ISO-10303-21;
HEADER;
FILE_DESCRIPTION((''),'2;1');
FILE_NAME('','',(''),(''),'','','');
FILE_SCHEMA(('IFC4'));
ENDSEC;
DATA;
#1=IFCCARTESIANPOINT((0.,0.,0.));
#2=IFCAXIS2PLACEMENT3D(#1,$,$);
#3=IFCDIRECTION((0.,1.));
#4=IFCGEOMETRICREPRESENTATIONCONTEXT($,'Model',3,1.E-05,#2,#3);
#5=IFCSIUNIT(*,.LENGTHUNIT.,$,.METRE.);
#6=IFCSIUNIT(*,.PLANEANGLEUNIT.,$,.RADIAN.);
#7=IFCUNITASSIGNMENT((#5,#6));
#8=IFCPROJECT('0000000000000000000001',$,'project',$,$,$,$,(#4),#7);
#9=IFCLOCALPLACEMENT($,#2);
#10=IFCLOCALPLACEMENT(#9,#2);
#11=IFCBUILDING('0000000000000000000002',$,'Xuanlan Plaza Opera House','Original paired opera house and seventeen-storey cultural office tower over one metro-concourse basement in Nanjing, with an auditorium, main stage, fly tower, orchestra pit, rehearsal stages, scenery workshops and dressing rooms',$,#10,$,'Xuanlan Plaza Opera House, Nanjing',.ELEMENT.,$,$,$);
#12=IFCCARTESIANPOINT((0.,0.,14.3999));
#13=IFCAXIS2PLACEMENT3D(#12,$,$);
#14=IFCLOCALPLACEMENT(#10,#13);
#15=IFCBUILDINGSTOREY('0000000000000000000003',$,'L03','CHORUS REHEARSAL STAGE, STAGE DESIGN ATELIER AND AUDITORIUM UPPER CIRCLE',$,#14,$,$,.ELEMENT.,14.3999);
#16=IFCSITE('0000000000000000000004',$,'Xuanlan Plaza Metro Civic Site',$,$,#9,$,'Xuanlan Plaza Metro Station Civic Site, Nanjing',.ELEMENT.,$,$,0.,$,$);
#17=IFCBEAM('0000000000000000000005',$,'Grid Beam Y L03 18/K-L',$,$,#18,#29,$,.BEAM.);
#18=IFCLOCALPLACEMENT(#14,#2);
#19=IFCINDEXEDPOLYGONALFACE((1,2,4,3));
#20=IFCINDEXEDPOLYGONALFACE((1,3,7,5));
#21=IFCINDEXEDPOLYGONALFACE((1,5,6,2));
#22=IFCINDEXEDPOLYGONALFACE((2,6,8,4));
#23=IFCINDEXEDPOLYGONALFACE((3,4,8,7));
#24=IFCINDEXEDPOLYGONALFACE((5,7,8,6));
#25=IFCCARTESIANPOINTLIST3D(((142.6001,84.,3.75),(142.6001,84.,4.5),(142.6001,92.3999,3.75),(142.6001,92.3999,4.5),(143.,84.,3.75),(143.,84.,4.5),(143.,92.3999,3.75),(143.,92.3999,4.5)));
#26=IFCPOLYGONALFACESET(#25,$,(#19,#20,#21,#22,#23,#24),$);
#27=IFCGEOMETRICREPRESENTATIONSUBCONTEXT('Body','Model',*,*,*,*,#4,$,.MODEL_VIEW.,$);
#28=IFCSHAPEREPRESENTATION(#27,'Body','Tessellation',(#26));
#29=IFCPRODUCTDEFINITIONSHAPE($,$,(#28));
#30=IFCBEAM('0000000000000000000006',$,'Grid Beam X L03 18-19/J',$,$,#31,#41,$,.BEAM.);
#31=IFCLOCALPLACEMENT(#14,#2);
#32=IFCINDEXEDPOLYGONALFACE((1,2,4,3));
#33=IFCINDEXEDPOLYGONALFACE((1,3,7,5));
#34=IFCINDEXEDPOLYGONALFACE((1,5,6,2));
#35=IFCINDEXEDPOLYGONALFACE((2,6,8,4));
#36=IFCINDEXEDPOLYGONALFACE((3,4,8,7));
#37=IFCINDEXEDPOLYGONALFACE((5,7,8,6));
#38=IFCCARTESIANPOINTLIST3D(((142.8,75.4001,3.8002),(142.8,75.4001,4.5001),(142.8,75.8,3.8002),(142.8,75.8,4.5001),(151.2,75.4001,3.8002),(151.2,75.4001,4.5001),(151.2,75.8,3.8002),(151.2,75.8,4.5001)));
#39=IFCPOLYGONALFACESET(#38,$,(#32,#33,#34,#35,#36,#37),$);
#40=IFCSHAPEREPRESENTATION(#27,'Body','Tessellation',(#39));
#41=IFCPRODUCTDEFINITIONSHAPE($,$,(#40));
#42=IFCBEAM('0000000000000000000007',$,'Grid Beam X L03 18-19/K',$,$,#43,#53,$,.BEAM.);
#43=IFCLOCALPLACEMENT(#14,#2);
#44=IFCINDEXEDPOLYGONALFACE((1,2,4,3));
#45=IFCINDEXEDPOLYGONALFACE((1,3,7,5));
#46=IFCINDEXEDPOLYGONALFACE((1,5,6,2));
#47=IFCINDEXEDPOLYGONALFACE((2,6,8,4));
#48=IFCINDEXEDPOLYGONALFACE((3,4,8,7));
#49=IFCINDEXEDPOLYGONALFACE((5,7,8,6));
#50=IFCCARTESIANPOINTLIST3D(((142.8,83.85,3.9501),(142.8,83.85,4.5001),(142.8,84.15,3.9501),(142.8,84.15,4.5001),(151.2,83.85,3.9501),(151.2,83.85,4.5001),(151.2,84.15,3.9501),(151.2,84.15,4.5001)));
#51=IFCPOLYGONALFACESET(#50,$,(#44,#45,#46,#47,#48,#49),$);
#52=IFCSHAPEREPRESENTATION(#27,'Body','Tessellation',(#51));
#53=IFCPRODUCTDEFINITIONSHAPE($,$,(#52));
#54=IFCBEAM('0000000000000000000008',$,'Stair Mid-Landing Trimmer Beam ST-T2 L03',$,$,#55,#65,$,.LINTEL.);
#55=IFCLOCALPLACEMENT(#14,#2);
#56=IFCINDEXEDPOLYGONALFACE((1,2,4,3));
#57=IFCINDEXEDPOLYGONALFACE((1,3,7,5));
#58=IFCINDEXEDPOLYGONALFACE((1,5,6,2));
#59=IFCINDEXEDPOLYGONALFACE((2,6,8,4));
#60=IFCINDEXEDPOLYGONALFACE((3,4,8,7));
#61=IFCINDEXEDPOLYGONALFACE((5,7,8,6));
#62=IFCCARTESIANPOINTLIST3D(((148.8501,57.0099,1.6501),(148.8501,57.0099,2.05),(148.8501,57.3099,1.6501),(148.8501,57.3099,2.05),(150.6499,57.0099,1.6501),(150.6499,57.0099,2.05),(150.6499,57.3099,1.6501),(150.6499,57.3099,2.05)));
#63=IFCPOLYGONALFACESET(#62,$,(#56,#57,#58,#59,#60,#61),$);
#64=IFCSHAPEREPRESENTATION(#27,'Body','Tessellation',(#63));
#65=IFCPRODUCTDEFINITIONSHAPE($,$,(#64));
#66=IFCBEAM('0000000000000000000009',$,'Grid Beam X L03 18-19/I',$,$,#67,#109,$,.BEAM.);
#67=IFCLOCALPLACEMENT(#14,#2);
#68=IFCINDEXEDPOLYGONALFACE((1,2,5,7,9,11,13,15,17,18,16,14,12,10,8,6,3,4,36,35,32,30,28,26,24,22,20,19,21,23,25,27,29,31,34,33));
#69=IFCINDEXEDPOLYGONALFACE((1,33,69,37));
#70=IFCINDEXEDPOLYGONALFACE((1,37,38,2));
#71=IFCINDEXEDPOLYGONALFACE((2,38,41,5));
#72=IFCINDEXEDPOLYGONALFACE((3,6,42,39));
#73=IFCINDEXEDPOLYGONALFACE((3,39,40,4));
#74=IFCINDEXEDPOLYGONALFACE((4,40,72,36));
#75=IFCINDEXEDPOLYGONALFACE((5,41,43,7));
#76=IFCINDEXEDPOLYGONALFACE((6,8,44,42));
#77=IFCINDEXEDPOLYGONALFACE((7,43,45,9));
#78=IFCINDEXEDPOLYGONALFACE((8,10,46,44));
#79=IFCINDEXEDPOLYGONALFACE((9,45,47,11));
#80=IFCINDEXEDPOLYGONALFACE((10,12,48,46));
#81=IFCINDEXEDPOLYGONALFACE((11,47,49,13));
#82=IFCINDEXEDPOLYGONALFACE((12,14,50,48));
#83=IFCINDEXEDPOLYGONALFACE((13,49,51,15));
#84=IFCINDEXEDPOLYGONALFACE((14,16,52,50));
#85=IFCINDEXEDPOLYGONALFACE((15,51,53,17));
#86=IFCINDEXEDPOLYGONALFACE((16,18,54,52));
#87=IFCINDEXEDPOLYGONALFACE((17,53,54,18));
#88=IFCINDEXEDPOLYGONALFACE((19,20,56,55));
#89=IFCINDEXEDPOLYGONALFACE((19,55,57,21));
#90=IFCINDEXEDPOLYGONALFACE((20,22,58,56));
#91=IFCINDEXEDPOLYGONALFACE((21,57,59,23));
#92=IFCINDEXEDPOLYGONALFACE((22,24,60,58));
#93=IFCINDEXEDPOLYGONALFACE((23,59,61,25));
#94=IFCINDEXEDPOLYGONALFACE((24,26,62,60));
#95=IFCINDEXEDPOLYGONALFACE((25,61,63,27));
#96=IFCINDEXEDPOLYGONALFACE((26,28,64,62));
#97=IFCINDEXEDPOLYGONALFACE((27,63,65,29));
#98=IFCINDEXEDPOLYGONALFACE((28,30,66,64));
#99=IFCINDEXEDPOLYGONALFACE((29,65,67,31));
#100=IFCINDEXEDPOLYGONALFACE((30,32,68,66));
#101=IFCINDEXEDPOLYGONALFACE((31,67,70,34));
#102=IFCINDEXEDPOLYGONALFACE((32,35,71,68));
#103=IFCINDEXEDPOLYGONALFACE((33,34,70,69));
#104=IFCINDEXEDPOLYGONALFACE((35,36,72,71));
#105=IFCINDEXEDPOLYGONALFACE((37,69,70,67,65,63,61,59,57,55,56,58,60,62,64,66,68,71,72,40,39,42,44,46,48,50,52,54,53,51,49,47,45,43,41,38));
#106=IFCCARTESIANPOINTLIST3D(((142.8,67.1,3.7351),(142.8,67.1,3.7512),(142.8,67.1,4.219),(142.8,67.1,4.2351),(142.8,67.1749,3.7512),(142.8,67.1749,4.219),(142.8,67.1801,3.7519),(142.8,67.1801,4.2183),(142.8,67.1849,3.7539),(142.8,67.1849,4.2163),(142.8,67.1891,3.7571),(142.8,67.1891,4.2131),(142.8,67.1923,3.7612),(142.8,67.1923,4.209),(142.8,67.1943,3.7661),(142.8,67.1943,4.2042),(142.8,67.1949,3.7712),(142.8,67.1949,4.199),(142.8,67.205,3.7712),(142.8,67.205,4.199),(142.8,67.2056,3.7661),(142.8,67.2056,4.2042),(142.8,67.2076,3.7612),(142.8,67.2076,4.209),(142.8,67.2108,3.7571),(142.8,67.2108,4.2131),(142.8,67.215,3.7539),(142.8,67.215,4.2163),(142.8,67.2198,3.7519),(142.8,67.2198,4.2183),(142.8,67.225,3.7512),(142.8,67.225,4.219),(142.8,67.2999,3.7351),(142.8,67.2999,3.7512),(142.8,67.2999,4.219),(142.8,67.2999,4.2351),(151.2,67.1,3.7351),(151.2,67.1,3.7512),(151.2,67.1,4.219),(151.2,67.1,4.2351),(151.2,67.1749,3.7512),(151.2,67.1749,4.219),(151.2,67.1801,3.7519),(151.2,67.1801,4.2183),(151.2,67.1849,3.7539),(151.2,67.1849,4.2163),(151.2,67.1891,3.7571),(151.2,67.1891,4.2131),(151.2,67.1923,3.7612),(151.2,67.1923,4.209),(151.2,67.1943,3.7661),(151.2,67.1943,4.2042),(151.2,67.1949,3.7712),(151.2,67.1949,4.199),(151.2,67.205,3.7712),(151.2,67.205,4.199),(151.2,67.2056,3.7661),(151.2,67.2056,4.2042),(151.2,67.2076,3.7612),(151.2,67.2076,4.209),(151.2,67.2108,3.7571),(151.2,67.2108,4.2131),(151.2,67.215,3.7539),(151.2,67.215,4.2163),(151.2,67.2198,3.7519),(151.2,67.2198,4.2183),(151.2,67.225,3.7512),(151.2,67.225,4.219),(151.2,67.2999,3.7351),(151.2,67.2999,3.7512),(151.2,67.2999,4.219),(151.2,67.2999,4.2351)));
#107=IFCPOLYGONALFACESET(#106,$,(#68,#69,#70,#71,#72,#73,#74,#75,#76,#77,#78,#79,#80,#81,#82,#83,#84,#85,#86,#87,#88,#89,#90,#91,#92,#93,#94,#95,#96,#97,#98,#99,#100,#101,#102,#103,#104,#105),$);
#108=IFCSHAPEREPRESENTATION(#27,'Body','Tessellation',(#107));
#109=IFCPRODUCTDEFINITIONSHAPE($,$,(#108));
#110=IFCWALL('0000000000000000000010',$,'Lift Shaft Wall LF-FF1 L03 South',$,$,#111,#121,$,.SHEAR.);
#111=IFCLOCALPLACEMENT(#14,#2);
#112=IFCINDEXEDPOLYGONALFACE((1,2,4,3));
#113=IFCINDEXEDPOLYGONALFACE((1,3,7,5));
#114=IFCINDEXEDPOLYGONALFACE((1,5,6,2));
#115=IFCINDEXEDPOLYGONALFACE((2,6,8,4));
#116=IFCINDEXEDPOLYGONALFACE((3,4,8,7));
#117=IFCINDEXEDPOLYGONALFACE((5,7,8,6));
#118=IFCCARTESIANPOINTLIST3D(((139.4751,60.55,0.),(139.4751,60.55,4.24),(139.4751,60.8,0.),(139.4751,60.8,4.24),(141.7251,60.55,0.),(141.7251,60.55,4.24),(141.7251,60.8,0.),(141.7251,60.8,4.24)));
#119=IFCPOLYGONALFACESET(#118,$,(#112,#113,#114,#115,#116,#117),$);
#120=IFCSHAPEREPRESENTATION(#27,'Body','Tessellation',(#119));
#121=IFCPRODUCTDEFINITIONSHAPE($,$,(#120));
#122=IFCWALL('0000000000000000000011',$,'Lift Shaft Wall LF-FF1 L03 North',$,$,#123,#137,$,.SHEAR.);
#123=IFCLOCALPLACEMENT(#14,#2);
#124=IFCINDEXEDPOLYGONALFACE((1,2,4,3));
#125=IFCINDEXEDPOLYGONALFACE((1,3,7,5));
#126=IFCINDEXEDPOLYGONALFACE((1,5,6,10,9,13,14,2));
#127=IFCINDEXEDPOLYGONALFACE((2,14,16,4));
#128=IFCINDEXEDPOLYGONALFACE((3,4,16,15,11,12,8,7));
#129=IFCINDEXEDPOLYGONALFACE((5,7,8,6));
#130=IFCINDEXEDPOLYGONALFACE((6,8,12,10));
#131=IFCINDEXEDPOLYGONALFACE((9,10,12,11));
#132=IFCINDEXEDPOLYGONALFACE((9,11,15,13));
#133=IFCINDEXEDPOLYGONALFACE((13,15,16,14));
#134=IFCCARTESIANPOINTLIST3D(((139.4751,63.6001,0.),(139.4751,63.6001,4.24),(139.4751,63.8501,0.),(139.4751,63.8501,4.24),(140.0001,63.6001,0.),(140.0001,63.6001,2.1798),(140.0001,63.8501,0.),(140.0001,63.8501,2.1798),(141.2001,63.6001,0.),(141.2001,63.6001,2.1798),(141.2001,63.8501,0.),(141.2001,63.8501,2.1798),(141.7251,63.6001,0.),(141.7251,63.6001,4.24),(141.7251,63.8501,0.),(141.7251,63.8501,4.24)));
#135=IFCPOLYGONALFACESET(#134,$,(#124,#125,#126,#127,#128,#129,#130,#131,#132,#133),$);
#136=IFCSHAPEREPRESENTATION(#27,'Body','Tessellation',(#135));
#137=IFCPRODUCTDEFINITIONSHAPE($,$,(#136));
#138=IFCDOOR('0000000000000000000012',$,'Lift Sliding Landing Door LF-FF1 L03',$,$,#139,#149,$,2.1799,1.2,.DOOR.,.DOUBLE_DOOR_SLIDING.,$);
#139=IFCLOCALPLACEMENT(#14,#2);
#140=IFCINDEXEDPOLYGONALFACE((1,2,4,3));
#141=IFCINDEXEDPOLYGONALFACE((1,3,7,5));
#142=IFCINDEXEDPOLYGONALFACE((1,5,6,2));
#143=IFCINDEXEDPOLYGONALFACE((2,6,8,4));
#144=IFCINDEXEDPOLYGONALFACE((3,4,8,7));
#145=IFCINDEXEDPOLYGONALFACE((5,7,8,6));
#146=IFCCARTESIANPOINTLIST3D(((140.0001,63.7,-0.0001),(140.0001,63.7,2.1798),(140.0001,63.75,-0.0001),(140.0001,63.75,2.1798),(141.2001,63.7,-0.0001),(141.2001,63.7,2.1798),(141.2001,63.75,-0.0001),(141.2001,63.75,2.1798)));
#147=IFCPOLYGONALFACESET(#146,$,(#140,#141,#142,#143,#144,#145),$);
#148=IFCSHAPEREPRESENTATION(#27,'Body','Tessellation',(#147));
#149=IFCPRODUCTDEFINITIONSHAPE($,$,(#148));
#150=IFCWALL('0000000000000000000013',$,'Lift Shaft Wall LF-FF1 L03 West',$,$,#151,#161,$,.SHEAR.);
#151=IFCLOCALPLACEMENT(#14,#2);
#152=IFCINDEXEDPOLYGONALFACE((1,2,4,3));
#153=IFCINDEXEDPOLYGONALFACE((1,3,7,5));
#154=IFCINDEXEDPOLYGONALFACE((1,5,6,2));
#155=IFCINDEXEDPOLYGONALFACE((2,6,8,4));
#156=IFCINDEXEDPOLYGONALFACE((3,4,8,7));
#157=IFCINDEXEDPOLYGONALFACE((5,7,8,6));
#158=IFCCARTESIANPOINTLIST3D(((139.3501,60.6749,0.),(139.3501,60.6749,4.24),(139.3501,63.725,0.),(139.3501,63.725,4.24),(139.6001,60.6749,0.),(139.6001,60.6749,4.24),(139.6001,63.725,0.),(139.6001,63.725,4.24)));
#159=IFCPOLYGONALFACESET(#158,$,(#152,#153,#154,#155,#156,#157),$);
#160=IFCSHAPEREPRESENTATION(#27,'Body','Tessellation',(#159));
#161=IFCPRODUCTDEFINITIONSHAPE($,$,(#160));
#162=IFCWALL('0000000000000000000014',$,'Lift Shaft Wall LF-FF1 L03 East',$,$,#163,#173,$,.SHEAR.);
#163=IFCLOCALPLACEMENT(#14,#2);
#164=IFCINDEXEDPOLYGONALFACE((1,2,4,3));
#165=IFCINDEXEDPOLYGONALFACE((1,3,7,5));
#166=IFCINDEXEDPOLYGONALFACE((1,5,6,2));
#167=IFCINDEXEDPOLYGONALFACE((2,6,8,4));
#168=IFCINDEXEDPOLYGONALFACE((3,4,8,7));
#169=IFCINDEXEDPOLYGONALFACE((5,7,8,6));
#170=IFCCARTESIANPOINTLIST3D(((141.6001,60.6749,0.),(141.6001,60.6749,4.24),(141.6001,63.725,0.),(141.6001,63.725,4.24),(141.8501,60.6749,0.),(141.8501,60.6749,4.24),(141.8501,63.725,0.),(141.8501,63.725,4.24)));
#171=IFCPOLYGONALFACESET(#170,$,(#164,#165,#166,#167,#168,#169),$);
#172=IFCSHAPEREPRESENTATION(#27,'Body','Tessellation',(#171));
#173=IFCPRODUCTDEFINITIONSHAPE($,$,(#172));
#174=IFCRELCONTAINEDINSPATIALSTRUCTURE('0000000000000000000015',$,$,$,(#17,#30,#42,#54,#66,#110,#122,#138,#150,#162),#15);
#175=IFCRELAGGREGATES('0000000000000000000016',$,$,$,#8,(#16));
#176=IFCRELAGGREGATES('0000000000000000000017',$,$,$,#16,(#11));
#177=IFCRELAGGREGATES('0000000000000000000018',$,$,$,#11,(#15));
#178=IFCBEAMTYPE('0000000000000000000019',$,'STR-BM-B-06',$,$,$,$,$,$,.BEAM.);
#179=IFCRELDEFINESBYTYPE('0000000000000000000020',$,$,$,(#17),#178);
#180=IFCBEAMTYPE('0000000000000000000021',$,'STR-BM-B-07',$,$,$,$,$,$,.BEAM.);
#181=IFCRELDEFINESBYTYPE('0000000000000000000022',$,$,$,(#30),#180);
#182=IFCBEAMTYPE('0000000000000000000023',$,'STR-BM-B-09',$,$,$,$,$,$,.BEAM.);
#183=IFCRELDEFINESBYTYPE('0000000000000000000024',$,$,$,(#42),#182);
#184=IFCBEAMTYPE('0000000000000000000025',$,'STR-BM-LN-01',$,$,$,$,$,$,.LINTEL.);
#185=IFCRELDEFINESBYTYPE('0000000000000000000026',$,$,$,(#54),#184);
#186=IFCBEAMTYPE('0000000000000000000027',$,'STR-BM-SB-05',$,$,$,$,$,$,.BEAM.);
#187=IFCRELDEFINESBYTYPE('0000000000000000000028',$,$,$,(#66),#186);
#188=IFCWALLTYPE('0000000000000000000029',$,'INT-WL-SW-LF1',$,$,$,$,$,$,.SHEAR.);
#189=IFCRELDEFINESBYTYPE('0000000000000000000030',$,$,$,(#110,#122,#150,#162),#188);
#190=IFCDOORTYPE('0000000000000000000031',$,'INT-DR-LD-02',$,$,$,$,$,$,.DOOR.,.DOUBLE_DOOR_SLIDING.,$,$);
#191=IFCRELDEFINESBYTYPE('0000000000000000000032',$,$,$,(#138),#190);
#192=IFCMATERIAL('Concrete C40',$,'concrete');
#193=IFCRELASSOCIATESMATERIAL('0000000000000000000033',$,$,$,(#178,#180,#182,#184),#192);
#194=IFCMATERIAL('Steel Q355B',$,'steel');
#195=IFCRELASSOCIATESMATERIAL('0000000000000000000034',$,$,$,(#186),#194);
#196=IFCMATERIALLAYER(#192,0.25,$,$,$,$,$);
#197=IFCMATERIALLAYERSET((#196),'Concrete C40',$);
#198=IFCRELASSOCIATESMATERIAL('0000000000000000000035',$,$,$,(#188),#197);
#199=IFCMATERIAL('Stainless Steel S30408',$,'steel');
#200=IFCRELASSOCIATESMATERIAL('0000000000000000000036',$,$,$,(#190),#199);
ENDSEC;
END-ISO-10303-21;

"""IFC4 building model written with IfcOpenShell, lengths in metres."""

from ifc_helpers import new_model, si_unit, direction, frame, frame_2d, origin, origin_2d, place, context, subcontext, project, spatial, rectangle, i_section, extrude, material, layer, layer_set, material_profile, profile_set, type_object, element, fill, save


model = new_model("IFC4")

# Units and contexts
model_context = context("Model", 3, precision=1e-05, world=origin(), true_north=direction((0.0, 1.0)))
body_context = subcontext(model_context, "Body", "Model", "MODEL_VIEW")
ifc_project = project(units=[si_unit("LENGTHUNIT", "METRE"), si_unit("PLANEANGLEUNIT", "RADIAN")], contexts=[model_context])

# Site, building, storey
site_placement = place(None, origin())
site = spatial("IfcSite", under=ifc_project, at=site_placement, Name="Xuanlan Plaza Metro Civic Site", LongName="Xuanlan Plaza Metro Station Civic Site, Nanjing", CompositionType="ELEMENT", RefElevation=0.0)
building_placement = place(site_placement, origin())
building = spatial("IfcBuilding", under=site, at=building_placement, Name="Xuanlan Plaza Opera House", Description="Original paired opera house and seventeen-storey cultural office tower over one metro-concourse basement in Nanjing, with an auditorium, main stage, fly tower, orchestra pit, rehearsal stages, scenery workshops and dressing rooms", LongName="Xuanlan Plaza Opera House, Nanjing", CompositionType="ELEMENT")
storey_placement = place(building_placement, frame((0.0, 0.0, 14.3999)))
storey = spatial("IfcBuildingStorey", under=building, at=storey_placement, Name="L03", Description="CHORUS REHEARSAL STAGE, STAGE DESIGN ATELIER AND AUDITORIUM UPPER CIRCLE", CompositionType="ELEMENT", Elevation=14.3999)

# Shared definitions
ifc_material_1 = material(Name="Steel Q355B", Category="steel")

# Beams
ifc_material_2 = material(Name="Concrete C40", Category="concrete")
ifc_material_profile_1 = material_profile(ifc_material_2, rectangle(XDim=0.3999, YDim=0.75, at=origin_2d()), Name="RC-BM 400x750")
ifc_profile_set_1 = profile_set([ifc_material_profile_1], Name="Concrete C40")
beam_type_1 = type_object("IfcBeamType", Name="STR-BM-B-06", PredefinedType="BEAM", material=ifc_profile_set_1)
for number, where, z_axis, x_axis, name in (
    (1, (142.8, 84.0, 4.125), (0.0, 1.0, 0.0), (-1.0, 0.0, 0.0), "Grid Beam Y L03 18/K-L"),
):
    element("IfcBeam", number, at=place(storey_placement, frame(where, z_axis=z_axis, x_axis=x_axis)), inside=storey, type_object=beam_type_1, Name=name, PredefinedType="BEAM", context=body_context, shape_type="SweptSolid", body=[
        extrude(rectangle(XDim=0.3999, YDim=0.75, at=origin_2d()), origin(), (0.0, 0.0, 1.0), 8.3999),
    ])
ifc_material_profile_2 = material_profile(ifc_material_2, rectangle(XDim=0.3999, YDim=0.7, at=origin_2d()), Name="RC-BM 400x700")
ifc_profile_set_2 = profile_set([ifc_material_profile_2], Name="Concrete C40")
beam_type_2 = type_object("IfcBeamType", Name="STR-BM-B-07", PredefinedType="BEAM", material=ifc_profile_set_2)
beam_1_placement = place(storey_placement, frame((142.8, 75.6001, 4.1501), z_axis=(1.0, 0.0, 0.0), x_axis=(0.0, 1.0, 0.0)))
element("IfcBeam", 2, at=beam_1_placement, inside=storey, type_object=beam_type_2, Name="Grid Beam X L03 18-19/J", PredefinedType="BEAM", context=body_context, shape_type="SweptSolid", body=[
    extrude(rectangle(XDim=0.3999, YDim=0.7, at=origin_2d()), origin(), (0.0, 0.0, 1.0), 8.3999),
])
ifc_material_profile_3 = material_profile(ifc_material_2, rectangle(XDim=0.3, YDim=0.55, at=origin_2d()), Name="RC-BM 300x550")
ifc_profile_set_3 = profile_set([ifc_material_profile_3], Name="Concrete C40")
beam_type_3 = type_object("IfcBeamType", Name="STR-BM-B-09", PredefinedType="BEAM", material=ifc_profile_set_3)
beam_2_placement = place(storey_placement, frame((142.8, 84.0, 4.2251), z_axis=(1.0, 0.0, 0.0), x_axis=(0.0, 1.0, 0.0)))
element("IfcBeam", 3, at=beam_2_placement, inside=storey, type_object=beam_type_3, Name="Grid Beam X L03 18-19/K", PredefinedType="BEAM", context=body_context, shape_type="SweptSolid", body=[
    extrude(rectangle(XDim=0.3, YDim=0.55, at=origin_2d()), origin(), (0.0, 0.0, 1.0), 8.3999),
])
ifc_material_profile_4 = material_profile(ifc_material_2, rectangle(XDim=0.3, YDim=0.3999, at=origin_2d()), Name="RC-LNT 300x400")
ifc_profile_set_4 = profile_set([ifc_material_profile_4], Name="Concrete C40")
beam_type_4 = type_object("IfcBeamType", Name="STR-BM-LN-01", PredefinedType="LINTEL", material=ifc_profile_set_4)
beam_3_placement = place(storey_placement, frame((148.8501, 57.1599, 1.8501), z_axis=(1.0, 0.0, 0.0), x_axis=(0.0, 1.0, 0.0)))
element("IfcBeam", 4, at=beam_3_placement, inside=storey, type_object=beam_type_4, Name="Stair Mid-Landing Trimmer Beam ST-T2 L03", PredefinedType="LINTEL", context=body_context, shape_type="SweptSolid", body=[
    extrude(rectangle(XDim=0.3, YDim=0.3999, at=origin_2d()), origin(), (0.0, 0.0, 1.0), 1.7998),
])
ifc_material_profile_5 = material_profile(ifc_material_1, i_section(OverallWidth=0.2, OverallDepth=0.5, WebThickness=0.01, FlangeThickness=0.0161, FilletRadius=0.02, at=origin_2d()), Name="HN 500x200x10x16")
ifc_profile_set_5 = profile_set([ifc_material_profile_5], Name="Steel Q355B")
beam_type_5 = type_object("IfcBeamType", Name="STR-BM-SB-05", PredefinedType="BEAM", material=ifc_profile_set_5)
beam_4_placement = place(storey_placement, frame((142.8, 67.2, 3.9851), z_axis=(1.0, 0.0, 0.0), x_axis=(0.0, 1.0, 0.0)))
element("IfcBeam", 5, at=beam_4_placement, inside=storey, type_object=beam_type_5, Name="Grid Beam X L03 18-19/I", PredefinedType="BEAM", context=body_context, shape_type="SweptSolid", body=[
    extrude(i_section(OverallWidth=0.2, OverallDepth=0.5, WebThickness=0.01, FlangeThickness=0.0161, FilletRadius=0.02, at=origin_2d()), origin(), (0.0, 0.0, 1.0), 8.3999),
])

# Wall
ifc_layer_1 = layer(ifc_material_2, 0.25)
ifc_layer_set_1 = layer_set([ifc_layer_1], Name="Concrete C40")
wall_type_1 = type_object("IfcWallType", Name="INT-WL-SW-LF1", PredefinedType="SHEAR", material=ifc_layer_set_1)
wall_1_placement = place(storey_placement, frame((139.4751, 60.675, 0.0), z_axis=(0.0, 0.0, 1.0), x_axis=(1.0, 0.0, 0.0)))
element("IfcWall", 6, at=wall_1_placement, inside=storey, type_object=wall_type_1, Name="Lift Shaft Wall LF-FF1 L03 South", PredefinedType="SHEAR", context=body_context, shape_type="SweptSolid", body=[
    extrude(rectangle(XDim=2.25, YDim=0.25, at=frame_2d((1.125, 0.0))), origin(), (0.0, 0.0, 1.0), 4.24),
])

# Wall, opening, door
wall_2_placement = place(storey_placement, frame((139.4751, 63.7251, 0.0), z_axis=(0.0, 0.0, 1.0), x_axis=(1.0, 0.0, 0.0)))
wall_2 = element("IfcWall", 7, at=wall_2_placement, inside=storey, type_object=wall_type_1, Name="Lift Shaft Wall LF-FF1 L03 North", PredefinedType="SHEAR", context=body_context, shape_type="SweptSolid", body=[
    extrude(rectangle(XDim=2.25, YDim=0.25, at=frame_2d((1.125, 0.0))), origin(), (0.0, 0.0, 1.0), 4.24),
])
opening_1_placement = place(wall_2_placement, frame((0.5249, 0.0, 0.0)))
opening_1 = element("IfcOpeningElement", 8, at=opening_1_placement, cuts=wall_2, PredefinedType="OPENING", context=body_context, shape_type="SweptSolid", body=[
    extrude(rectangle(XDim=1.2, YDim=2.1799, at=frame_2d((0.6001, 1.0898))), frame((0.0, 0.135, 0.0), z_axis=(0.0, -1.0, 0.0), x_axis=(1.0, 0.0, 0.0)), (0.0, 0.0, 1.0), 0.27),
])
ifc_material_3 = material(Name="Stainless Steel S30408", Category="steel")
door_type_1 = type_object("IfcDoorType", Name="INT-DR-LD-02", OperationType="DOUBLE_DOOR_SLIDING", PredefinedType="DOOR", material=ifc_material_3)
door_1_placement = place(opening_1_placement, origin())
door_1 = element("IfcDoor", 9, at=door_1_placement, inside=storey, type_object=door_type_1, Name="Lift Sliding Landing Door LF-FF1 L03", OperationType="DOUBLE_DOOR_SLIDING", OverallHeight=2.1799, OverallWidth=1.2, PredefinedType="DOOR", context=body_context, shape_type="SweptSolid", body=[
    extrude(rectangle(XDim=1.2, YDim=2.1799, at=frame_2d((0.6001, 1.0898))), frame((0.0, 0.0249, 0.0), z_axis=(0.0, -1.0, 0.0), x_axis=(1.0, 0.0, 0.0)), (0.0, 0.0, 1.0), 0.05),
])
fill(opening_1, door_1)

# Walls
for number, where, z_axis, x_axis, name in (
    (10, (139.4751, 60.675, 0.0), (0.0, 0.0, 1.0), (0.0, 1.0, 0.0), "Lift Shaft Wall LF-FF1 L03 West"),
    (11, (141.7251, 60.675, 0.0), (0.0, 0.0, 1.0), (0.0, 1.0, 0.0), "Lift Shaft Wall LF-FF1 L03 East"),
):
    element("IfcWall", number, at=place(storey_placement, frame(where, z_axis=z_axis, x_axis=x_axis)), inside=storey, type_object=wall_type_1, Name=name, PredefinedType="SHEAR", context=body_context, shape_type="SweptSolid", body=[
        extrude(rectangle(XDim=3.05, YDim=0.25, at=frame_2d((1.5249, 0.0))), origin(), (0.0, 0.0, 1.0), 4.24),
    ])

save(model, "model.ifc")
